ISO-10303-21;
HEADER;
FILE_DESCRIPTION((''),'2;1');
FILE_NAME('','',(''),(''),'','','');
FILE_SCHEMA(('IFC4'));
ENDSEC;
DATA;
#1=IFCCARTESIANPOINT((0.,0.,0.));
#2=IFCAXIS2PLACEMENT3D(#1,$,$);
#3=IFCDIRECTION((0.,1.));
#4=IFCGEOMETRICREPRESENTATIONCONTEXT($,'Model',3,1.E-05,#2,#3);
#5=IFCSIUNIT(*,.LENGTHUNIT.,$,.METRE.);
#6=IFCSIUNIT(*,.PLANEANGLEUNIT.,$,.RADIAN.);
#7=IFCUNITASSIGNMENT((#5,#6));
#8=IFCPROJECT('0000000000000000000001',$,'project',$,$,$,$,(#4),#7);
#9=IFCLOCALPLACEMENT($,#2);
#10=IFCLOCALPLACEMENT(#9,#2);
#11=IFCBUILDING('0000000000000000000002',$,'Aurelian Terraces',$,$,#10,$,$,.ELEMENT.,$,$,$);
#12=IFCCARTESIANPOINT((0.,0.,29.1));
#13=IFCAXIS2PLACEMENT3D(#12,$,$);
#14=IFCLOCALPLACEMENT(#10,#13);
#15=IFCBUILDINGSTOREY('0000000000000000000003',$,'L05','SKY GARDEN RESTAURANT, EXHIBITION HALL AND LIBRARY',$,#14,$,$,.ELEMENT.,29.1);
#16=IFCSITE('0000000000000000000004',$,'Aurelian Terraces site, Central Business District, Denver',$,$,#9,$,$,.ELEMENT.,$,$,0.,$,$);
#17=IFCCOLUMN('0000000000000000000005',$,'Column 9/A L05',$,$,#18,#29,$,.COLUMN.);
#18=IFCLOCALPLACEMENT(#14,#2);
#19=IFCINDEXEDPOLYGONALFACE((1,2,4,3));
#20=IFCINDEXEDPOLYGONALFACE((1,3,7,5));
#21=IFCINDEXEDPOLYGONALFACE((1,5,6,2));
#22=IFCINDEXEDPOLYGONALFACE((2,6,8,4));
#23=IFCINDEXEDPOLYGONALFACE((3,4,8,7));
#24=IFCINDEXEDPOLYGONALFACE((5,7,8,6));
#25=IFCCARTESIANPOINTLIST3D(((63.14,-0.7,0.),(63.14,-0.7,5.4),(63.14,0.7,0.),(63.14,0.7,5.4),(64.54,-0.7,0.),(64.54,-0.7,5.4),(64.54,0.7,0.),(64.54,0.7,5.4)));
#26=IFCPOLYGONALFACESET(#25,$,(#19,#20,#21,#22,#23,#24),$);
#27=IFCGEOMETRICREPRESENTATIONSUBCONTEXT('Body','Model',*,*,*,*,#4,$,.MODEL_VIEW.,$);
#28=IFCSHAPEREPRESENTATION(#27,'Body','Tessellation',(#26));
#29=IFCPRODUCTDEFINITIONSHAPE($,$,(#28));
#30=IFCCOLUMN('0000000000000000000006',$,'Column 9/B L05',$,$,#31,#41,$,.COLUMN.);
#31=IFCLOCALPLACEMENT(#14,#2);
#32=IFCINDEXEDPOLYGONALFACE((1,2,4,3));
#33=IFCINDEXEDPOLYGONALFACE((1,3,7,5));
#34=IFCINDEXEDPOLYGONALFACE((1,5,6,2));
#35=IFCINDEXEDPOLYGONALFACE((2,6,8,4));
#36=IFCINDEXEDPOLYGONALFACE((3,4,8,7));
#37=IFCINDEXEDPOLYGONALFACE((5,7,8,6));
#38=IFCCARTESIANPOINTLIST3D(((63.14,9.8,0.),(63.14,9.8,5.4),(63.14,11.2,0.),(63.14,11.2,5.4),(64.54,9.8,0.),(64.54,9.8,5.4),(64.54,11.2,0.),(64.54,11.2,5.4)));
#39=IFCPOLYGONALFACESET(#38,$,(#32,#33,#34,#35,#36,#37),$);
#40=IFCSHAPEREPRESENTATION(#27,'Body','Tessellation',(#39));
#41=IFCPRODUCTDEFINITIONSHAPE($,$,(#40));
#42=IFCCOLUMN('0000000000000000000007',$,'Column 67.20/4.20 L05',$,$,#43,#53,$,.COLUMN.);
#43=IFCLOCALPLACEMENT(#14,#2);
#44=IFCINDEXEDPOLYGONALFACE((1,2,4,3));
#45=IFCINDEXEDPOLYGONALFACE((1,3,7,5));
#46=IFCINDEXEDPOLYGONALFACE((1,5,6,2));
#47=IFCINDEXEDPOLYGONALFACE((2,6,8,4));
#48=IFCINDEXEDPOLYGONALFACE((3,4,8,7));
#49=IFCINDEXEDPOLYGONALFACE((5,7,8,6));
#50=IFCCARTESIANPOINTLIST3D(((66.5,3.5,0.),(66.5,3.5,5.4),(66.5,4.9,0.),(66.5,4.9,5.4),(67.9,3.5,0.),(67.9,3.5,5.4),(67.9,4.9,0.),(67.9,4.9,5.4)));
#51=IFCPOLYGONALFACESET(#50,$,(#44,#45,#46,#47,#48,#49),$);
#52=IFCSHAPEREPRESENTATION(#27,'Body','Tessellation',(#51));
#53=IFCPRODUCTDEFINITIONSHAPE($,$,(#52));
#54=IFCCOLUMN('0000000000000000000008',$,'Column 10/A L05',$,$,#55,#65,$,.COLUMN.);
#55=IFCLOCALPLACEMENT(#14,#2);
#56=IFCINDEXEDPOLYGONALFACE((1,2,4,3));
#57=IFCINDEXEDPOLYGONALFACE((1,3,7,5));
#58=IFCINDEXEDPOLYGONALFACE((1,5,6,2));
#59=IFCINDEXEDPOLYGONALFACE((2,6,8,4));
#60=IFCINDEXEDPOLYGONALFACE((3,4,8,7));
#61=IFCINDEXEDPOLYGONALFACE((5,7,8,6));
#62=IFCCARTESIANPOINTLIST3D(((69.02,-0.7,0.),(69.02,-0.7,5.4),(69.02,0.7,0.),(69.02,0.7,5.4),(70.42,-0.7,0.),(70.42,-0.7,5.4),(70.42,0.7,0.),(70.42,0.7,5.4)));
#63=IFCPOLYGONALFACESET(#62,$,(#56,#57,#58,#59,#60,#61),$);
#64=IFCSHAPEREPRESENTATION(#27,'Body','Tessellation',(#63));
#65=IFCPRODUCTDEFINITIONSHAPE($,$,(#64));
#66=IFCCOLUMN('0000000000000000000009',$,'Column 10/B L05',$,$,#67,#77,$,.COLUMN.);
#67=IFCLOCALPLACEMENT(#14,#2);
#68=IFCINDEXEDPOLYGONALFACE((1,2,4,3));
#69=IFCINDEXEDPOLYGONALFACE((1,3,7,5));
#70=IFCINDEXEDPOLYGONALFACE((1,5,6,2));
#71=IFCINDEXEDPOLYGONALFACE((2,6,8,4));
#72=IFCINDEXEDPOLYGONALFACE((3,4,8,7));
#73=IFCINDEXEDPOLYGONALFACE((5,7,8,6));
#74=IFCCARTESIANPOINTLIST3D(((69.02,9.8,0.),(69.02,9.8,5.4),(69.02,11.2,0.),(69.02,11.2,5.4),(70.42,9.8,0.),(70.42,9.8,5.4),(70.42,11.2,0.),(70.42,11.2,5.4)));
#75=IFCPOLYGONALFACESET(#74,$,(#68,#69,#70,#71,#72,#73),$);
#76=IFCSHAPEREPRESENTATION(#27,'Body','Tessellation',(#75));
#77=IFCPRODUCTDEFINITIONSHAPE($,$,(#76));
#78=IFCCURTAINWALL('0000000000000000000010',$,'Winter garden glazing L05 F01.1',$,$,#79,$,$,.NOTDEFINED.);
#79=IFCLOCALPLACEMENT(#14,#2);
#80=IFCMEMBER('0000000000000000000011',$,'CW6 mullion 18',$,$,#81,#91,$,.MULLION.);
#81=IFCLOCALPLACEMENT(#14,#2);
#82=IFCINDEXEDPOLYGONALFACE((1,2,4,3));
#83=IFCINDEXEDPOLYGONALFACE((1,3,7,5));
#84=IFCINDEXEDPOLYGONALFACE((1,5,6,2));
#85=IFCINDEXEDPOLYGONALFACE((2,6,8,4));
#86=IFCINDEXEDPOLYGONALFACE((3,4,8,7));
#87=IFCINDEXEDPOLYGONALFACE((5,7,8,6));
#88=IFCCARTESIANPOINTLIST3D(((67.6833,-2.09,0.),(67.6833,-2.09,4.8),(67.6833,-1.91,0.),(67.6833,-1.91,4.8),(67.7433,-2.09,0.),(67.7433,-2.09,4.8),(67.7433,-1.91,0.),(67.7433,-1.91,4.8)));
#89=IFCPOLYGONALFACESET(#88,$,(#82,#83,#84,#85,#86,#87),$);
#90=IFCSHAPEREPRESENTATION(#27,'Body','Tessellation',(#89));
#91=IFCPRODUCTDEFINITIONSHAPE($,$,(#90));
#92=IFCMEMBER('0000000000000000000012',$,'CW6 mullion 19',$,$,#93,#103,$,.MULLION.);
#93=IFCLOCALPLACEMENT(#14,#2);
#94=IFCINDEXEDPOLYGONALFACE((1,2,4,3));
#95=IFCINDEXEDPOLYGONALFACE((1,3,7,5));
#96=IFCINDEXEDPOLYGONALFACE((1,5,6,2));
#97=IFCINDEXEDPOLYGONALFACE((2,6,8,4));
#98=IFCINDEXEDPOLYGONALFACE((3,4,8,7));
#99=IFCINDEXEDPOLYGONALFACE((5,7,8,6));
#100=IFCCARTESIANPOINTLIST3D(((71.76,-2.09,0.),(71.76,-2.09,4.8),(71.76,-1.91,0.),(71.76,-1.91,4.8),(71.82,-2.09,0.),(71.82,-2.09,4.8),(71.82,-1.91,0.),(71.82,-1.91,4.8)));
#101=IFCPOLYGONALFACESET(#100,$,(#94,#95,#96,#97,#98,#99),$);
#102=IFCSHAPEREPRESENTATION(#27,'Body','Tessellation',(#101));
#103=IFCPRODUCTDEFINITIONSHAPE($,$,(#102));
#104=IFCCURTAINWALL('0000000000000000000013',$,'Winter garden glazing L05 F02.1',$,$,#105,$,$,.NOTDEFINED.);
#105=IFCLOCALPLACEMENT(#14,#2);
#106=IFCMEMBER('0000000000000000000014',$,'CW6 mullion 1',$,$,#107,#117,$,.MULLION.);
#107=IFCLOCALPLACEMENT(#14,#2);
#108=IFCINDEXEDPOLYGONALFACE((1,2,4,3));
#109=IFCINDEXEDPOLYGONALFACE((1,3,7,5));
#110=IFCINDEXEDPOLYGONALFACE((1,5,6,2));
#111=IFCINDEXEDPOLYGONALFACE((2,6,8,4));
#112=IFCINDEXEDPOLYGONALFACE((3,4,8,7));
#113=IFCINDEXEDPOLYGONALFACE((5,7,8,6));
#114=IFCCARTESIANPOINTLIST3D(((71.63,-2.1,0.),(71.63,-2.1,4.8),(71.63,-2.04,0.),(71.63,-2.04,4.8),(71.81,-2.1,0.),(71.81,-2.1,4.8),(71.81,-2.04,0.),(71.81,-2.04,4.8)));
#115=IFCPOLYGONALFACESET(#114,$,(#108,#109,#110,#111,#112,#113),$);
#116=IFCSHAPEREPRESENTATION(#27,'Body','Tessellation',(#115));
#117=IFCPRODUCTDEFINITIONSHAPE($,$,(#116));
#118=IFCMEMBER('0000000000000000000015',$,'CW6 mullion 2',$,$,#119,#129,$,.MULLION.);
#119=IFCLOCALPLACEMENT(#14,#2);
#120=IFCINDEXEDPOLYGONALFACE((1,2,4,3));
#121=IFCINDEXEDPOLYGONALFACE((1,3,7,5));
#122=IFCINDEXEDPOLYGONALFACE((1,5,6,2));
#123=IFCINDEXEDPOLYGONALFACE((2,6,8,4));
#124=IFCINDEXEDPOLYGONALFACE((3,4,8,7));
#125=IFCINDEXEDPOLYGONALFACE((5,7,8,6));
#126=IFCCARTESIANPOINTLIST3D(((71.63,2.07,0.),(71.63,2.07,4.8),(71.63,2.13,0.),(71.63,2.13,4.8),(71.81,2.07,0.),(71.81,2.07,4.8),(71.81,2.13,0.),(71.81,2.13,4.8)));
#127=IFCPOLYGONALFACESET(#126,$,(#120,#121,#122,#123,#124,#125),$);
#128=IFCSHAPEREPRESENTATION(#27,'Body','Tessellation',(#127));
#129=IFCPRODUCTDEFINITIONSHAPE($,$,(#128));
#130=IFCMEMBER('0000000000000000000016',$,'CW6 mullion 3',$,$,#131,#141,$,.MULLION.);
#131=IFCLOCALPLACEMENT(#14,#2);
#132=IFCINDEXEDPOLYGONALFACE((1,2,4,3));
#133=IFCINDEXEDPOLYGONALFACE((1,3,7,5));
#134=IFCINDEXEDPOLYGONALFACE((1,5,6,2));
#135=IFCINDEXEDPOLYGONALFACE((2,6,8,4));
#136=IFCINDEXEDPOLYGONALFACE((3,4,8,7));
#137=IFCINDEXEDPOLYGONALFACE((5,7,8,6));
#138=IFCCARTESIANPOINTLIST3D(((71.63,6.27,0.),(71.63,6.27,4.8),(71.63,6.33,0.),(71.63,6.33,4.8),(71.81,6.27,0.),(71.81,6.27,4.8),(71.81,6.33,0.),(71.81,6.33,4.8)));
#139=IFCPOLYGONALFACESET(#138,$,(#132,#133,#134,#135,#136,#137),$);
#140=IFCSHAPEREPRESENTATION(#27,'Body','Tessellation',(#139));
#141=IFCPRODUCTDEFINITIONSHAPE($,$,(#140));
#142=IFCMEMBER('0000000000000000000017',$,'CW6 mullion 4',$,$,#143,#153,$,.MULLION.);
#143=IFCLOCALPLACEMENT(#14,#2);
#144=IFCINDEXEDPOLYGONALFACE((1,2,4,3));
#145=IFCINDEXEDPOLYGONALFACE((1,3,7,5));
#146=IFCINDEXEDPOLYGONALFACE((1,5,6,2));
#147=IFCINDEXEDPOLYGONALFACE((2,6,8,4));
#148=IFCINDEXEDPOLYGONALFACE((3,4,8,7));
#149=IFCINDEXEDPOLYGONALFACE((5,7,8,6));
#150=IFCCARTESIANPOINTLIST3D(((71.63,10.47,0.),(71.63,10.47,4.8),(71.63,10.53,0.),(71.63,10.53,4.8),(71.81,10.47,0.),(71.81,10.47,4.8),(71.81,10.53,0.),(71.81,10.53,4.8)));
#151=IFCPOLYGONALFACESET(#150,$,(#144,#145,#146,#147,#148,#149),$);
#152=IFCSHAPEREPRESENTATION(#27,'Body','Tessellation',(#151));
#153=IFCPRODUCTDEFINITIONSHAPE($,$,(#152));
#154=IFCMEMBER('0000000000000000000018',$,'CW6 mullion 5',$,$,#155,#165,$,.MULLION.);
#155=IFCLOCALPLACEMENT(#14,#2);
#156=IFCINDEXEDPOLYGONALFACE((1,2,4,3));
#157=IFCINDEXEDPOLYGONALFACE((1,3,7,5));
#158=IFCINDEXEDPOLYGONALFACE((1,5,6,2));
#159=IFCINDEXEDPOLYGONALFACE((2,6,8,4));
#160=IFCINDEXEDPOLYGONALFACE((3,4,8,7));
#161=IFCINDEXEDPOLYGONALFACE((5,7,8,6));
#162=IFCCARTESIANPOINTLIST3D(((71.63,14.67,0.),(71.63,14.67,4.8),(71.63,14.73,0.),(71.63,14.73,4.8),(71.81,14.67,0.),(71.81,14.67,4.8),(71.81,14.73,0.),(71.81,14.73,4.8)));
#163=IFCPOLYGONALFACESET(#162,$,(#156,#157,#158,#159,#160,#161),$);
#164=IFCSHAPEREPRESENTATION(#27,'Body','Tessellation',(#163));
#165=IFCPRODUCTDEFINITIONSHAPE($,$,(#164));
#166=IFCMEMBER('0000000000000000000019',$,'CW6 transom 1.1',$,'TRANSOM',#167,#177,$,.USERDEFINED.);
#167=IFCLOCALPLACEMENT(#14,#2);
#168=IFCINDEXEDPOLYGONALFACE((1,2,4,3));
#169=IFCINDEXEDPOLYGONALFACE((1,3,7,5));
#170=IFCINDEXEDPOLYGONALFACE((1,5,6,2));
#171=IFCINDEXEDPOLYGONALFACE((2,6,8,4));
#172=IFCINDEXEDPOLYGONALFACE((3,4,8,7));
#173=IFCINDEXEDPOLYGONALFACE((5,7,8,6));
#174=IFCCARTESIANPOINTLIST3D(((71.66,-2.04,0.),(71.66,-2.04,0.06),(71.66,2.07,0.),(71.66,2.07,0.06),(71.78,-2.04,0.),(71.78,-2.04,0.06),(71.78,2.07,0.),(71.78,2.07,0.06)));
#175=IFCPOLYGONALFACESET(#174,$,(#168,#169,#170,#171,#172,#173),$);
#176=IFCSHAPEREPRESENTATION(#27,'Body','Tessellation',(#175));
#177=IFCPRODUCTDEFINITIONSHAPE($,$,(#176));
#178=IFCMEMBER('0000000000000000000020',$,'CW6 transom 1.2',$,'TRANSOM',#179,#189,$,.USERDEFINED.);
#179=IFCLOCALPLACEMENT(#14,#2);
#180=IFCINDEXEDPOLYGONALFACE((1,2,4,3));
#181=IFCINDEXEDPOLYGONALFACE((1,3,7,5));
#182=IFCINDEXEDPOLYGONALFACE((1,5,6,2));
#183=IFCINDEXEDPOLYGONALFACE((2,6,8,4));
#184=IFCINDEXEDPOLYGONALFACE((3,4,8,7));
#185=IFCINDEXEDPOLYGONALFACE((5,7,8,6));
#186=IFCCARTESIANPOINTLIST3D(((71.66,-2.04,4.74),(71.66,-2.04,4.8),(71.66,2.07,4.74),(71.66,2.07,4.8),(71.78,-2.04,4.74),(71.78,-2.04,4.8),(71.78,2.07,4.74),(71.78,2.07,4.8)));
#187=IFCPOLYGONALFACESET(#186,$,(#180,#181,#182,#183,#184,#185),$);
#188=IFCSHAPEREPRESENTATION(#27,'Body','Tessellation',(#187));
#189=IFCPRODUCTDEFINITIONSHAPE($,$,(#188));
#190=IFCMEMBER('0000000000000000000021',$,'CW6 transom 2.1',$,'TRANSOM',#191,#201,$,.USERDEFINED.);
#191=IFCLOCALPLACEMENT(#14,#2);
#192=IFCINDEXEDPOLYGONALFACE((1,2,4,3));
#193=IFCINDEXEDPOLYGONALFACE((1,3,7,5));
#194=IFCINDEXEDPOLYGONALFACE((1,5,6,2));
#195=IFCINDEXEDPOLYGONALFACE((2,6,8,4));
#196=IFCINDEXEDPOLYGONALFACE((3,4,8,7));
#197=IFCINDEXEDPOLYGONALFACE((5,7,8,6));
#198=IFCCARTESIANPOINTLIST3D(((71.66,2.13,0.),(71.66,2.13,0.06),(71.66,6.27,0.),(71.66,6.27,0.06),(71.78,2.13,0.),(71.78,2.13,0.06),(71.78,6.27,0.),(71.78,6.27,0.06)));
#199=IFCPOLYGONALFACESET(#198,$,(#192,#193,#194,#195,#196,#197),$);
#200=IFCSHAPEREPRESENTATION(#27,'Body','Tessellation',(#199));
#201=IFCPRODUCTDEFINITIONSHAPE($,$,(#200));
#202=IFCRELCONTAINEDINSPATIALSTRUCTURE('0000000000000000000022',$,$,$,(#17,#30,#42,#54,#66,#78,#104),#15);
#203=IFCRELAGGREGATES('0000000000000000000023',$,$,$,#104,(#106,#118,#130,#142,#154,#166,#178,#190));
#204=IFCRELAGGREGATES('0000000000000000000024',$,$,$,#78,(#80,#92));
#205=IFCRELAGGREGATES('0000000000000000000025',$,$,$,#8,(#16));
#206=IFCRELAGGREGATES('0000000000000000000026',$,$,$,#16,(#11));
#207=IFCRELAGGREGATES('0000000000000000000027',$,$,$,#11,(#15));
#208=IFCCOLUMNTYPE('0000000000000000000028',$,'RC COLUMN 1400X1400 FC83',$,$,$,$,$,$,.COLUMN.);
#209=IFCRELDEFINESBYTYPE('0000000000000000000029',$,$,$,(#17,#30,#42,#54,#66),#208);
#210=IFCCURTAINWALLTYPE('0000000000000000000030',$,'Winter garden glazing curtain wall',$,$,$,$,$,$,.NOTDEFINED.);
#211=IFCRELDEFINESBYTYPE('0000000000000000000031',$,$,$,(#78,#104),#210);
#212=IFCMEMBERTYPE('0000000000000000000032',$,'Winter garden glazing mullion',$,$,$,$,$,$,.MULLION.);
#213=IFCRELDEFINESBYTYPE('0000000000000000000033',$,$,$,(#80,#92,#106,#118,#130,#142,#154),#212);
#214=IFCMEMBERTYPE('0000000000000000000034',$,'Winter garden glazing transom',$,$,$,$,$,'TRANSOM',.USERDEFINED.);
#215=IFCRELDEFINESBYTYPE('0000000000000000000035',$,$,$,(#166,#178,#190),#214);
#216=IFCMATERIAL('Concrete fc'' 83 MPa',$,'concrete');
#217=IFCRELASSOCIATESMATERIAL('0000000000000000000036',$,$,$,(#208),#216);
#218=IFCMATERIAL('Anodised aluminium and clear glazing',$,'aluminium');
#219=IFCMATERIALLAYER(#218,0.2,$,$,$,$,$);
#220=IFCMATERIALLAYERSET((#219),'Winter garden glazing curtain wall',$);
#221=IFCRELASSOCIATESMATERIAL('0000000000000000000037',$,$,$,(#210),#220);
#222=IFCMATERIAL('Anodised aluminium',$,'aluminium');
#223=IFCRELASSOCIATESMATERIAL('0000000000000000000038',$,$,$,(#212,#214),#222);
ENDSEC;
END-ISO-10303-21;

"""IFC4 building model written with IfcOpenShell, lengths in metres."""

from ifc_helpers import new_model, si_unit, direction, frame, origin, origin_2d, place, context, subcontext, project, spatial, rectangle, extrude, source, transform, mapped, material, layer, layer_set, material_profile, profile_set, type_object, element, aggregate, save


model = new_model("IFC4")

# Units and contexts
model_context = context("Model", 3, precision=1e-05, world=origin(), true_north=direction((0.0, 1.0)))
body_context = subcontext(model_context, "Body", "Model", "MODEL_VIEW")
ifc_project = project(units=[si_unit("LENGTHUNIT", "METRE"), si_unit("PLANEANGLEUNIT", "RADIAN")], contexts=[model_context])

# Site, building, storey
site_placement = place(None, origin())
site = spatial("IfcSite", under=ifc_project, at=site_placement, Name="Aurelian Terraces site, Central Business District, Denver", CompositionType="ELEMENT", RefElevation=0.0)
building_placement = place(site_placement, origin())
building = spatial("IfcBuilding", under=site, at=building_placement, Name="Aurelian Terraces", CompositionType="ELEMENT")
storey_placement = place(building_placement, frame((0.0, 0.0, 29.1)))
storey = spatial("IfcBuildingStorey", under=building, at=storey_placement, Name="L05", Description="SKY GARDEN RESTAURANT, EXHIBITION HALL AND LIBRARY", CompositionType="ELEMENT", Elevation=29.1)

# Columns
ifc_material_1 = material(Name="Concrete fc' 83 MPa", Category="concrete")
ifc_material_profile_1 = material_profile(ifc_material_1, rectangle(XDim=1.4, YDim=1.4, at=origin_2d()))
ifc_profile_set_1 = profile_set([ifc_material_profile_1], Name="Concrete fc' 83 MPa")
column_type = type_object("IfcColumnType", Name="RC COLUMN 1400X1400 FC83", PredefinedType="COLUMN", material=ifc_profile_set_1)
shared_shape_1 = source(origin(), body_context, "Body", "SweptSolid", [
    extrude(rectangle(XDim=1.4, YDim=1.4, at=origin_2d()), origin(), (0.0, 0.0, 1.0), 5.4),
])
for number, where, z_axis, x_axis, name in (
    (1, (63.84, 0.0, 0.0), (0.0, 0.0, 1.0), (1.0, 0.0, 0.0), "Column 9/A L05"),
    (2, (63.84, 10.5, 0.0), (0.0, 0.0, 1.0), (1.0, 0.0, 0.0), "Column 9/B L05"),
    (3, (67.2, 4.2, 0.0), (0.0, 0.0, 1.0), (1.0, 0.0, 0.0), "Column 67.20/4.20 L05"),
    (4, (69.72, 0.0, 0.0), (0.0, 0.0, 1.0), (1.0, 0.0, 0.0), "Column 10/A L05"),
    (5, (69.72, 10.5, 0.0), (0.0, 0.0, 1.0), (1.0, 0.0, 0.0), "Column 10/B L05"),
):
    element("IfcColumn", number, at=place(storey_placement, frame(where, z_axis=z_axis, x_axis=x_axis)), inside=storey, type_object=column_type, Name=name, PredefinedType="COLUMN", context=body_context, shape_type="MappedRepresentation", body=[
        mapped(shared_shape_1, transform((0.0, 0.0, 0.0), scale=1.0)),
    ])

# Curtain walls, members
ifc_material_2 = material(Name="Anodised aluminium and clear glazing", Category="aluminium")
ifc_layer_1 = layer(ifc_material_2, 0.2)
ifc_layer_set_1 = layer_set([ifc_layer_1], Name="Winter garden glazing curtain wall")
curtain_wall_type = type_object("IfcCurtainWallType", Name="Winter garden glazing curtain wall", PredefinedType="NOTDEFINED", material=ifc_layer_set_1)
curtain_wall_1_placement = place(storey_placement, origin())
curtain_wall_1 = element("IfcCurtainWall", 6, at=curtain_wall_1_placement, inside=storey, type_object=curtain_wall_type, Name="Winter garden glazing L05 F01.1", PredefinedType="NOTDEFINED")
ifc_material_3 = material(Name="Anodised aluminium", Category="aluminium")
ifc_material_profile_2 = material_profile(ifc_material_3, rectangle(XDim=0.18, YDim=0.06, at=origin_2d()))
ifc_profile_set_2 = profile_set([ifc_material_profile_2], Name="Anodised aluminium")
member_type_1 = type_object("IfcMemberType", Name="Winter garden glazing mullion", PredefinedType="MULLION", material=ifc_profile_set_2)
shared_shape_2 = source(origin(), body_context, "Body", "SweptSolid", [
    extrude(rectangle(XDim=0.18, YDim=0.06, at=origin_2d()), origin(), (0.0, 0.0, 1.0), 4.8),
])
member_1_placement = place(storey_placement, frame((67.7133, -2.0, 0.0), z_axis=(0.0, 0.0, 1.0), x_axis=(0.0, 1.0, 0.0)))
member_1 = element("IfcMember", 7, at=member_1_placement, type_object=member_type_1, Name="CW6 mullion 18", PredefinedType="MULLION", context=body_context, shape_type="MappedRepresentation", body=[
    mapped(shared_shape_2, transform((0.0, 0.0, 0.0), scale=1.0)),
])
member_2_placement = place(storey_placement, frame((71.79, -2.0, 0.0), z_axis=(0.0, 0.0, 1.0), x_axis=(0.0, 1.0, 0.0)))
member_2 = element("IfcMember", 8, at=member_2_placement, type_object=member_type_1, Name="CW6 mullion 19", PredefinedType="MULLION", context=body_context, shape_type="MappedRepresentation", body=[
    mapped(shared_shape_2, transform((0.0, 0.0, 0.0), scale=1.0)),
])
curtain_wall_2_placement = place(storey_placement, origin())
curtain_wall_2 = element("IfcCurtainWall", 9, at=curtain_wall_2_placement, inside=storey, type_object=curtain_wall_type, Name="Winter garden glazing L05 F02.1", PredefinedType="NOTDEFINED")
member_3_placement = place(storey_placement, frame((71.72, -2.07, 0.0), z_axis=(0.0, 0.0, 1.0), x_axis=(-1.0, 0.0, 0.0)))
member_3 = element("IfcMember", 10, at=member_3_placement, type_object=member_type_1, Name="CW6 mullion 1", PredefinedType="MULLION", context=body_context, shape_type="MappedRepresentation", body=[
    mapped(shared_shape_2, transform((0.0, 0.0, 0.0), scale=1.0)),
])
member_4_placement = place(storey_placement, frame((71.72, 2.1, 0.0), z_axis=(0.0, 0.0, 1.0), x_axis=(-1.0, 0.0, 0.0)))
member_4 = element("IfcMember", 11, at=member_4_placement, type_object=member_type_1, Name="CW6 mullion 2", PredefinedType="MULLION", context=body_context, shape_type="MappedRepresentation", body=[
    mapped(shared_shape_2, transform((0.0, 0.0, 0.0), scale=1.0)),
])
member_5_placement = place(storey_placement, frame((71.72, 6.3, 0.0), z_axis=(0.0, 0.0, 1.0), x_axis=(-1.0, 0.0, 0.0)))
member_5 = element("IfcMember", 12, at=member_5_placement, type_object=member_type_1, Name="CW6 mullion 3", PredefinedType="MULLION", context=body_context, shape_type="MappedRepresentation", body=[
    mapped(shared_shape_2, transform((0.0, 0.0, 0.0), scale=1.0)),
])
member_6_placement = place(storey_placement, frame((71.72, 10.5, 0.0), z_axis=(0.0, 0.0, 1.0), x_axis=(-1.0, 0.0, 0.0)))
member_6 = element("IfcMember", 13, at=member_6_placement, type_object=member_type_1, Name="CW6 mullion 4", PredefinedType="MULLION", context=body_context, shape_type="MappedRepresentation", body=[
    mapped(shared_shape_2, transform((0.0, 0.0, 0.0), scale=1.0)),
])
member_7_placement = place(storey_placement, frame((71.72, 14.7, 0.0), z_axis=(0.0, 0.0, 1.0), x_axis=(-1.0, 0.0, 0.0)))
member_7 = element("IfcMember", 14, at=member_7_placement, type_object=member_type_1, Name="CW6 mullion 5", PredefinedType="MULLION", context=body_context, shape_type="MappedRepresentation", body=[
    mapped(shared_shape_2, transform((0.0, 0.0, 0.0), scale=1.0)),
])
ifc_material_profile_3 = material_profile(ifc_material_3, rectangle(XDim=0.12, YDim=0.06, at=origin_2d()))
ifc_profile_set_3 = profile_set([ifc_material_profile_3], Name="Anodised aluminium")
member_type_2 = type_object("IfcMemberType", Name="Winter garden glazing transom", ElementType="TRANSOM", PredefinedType="USERDEFINED", material=ifc_profile_set_3)
shared_shape_3 = source(origin(), body_context, "Body", "SweptSolid", [
    extrude(rectangle(XDim=0.12, YDim=0.06, at=origin_2d()), origin(), (0.0, 0.0, 1.0), 4.11),
])
member_8_placement = place(storey_placement, frame((71.72, -2.04, 0.03), z_axis=(0.0, 1.0, 0.0), x_axis=(-1.0, 0.0, 0.0)))
member_8 = element("IfcMember", 15, at=member_8_placement, type_object=member_type_2, Name="CW6 transom 1.1", ObjectType="TRANSOM", PredefinedType="USERDEFINED", context=body_context, shape_type="MappedRepresentation", body=[
    mapped(shared_shape_3, transform((0.0, 0.0, 0.0), scale=1.0)),
])
member_9_placement = place(storey_placement, frame((71.72, -2.04, 4.77), z_axis=(0.0, 1.0, 0.0), x_axis=(-1.0, 0.0, 0.0)))
member_9 = element("IfcMember", 16, at=member_9_placement, type_object=member_type_2, Name="CW6 transom 1.2", ObjectType="TRANSOM", PredefinedType="USERDEFINED", context=body_context, shape_type="MappedRepresentation", body=[
    mapped(shared_shape_3, transform((0.0, 0.0, 0.0), scale=1.0)),
])
shared_shape_4 = source(origin(), body_context, "Body", "SweptSolid", [
    extrude(rectangle(XDim=0.12, YDim=0.06, at=origin_2d()), origin(), (0.0, 0.0, 1.0), 4.14),
])
member_10_placement = place(storey_placement, frame((71.72, 2.13, 0.03), z_axis=(0.0, 1.0, 0.0), x_axis=(-1.0, 0.0, 0.0)))
member_10 = element("IfcMember", 17, at=member_10_placement, type_object=member_type_2, Name="CW6 transom 2.1", ObjectType="TRANSOM", PredefinedType="USERDEFINED", context=body_context, shape_type="MappedRepresentation", body=[
    mapped(shared_shape_4, transform((0.0, 0.0, 0.0), scale=1.0)),
])

aggregate(curtain_wall_2, [member_3, member_4, member_5, member_6, member_7, member_8, member_9, member_10])
aggregate(curtain_wall_1, [member_1, member_2])

save(model, "model.ifc")
